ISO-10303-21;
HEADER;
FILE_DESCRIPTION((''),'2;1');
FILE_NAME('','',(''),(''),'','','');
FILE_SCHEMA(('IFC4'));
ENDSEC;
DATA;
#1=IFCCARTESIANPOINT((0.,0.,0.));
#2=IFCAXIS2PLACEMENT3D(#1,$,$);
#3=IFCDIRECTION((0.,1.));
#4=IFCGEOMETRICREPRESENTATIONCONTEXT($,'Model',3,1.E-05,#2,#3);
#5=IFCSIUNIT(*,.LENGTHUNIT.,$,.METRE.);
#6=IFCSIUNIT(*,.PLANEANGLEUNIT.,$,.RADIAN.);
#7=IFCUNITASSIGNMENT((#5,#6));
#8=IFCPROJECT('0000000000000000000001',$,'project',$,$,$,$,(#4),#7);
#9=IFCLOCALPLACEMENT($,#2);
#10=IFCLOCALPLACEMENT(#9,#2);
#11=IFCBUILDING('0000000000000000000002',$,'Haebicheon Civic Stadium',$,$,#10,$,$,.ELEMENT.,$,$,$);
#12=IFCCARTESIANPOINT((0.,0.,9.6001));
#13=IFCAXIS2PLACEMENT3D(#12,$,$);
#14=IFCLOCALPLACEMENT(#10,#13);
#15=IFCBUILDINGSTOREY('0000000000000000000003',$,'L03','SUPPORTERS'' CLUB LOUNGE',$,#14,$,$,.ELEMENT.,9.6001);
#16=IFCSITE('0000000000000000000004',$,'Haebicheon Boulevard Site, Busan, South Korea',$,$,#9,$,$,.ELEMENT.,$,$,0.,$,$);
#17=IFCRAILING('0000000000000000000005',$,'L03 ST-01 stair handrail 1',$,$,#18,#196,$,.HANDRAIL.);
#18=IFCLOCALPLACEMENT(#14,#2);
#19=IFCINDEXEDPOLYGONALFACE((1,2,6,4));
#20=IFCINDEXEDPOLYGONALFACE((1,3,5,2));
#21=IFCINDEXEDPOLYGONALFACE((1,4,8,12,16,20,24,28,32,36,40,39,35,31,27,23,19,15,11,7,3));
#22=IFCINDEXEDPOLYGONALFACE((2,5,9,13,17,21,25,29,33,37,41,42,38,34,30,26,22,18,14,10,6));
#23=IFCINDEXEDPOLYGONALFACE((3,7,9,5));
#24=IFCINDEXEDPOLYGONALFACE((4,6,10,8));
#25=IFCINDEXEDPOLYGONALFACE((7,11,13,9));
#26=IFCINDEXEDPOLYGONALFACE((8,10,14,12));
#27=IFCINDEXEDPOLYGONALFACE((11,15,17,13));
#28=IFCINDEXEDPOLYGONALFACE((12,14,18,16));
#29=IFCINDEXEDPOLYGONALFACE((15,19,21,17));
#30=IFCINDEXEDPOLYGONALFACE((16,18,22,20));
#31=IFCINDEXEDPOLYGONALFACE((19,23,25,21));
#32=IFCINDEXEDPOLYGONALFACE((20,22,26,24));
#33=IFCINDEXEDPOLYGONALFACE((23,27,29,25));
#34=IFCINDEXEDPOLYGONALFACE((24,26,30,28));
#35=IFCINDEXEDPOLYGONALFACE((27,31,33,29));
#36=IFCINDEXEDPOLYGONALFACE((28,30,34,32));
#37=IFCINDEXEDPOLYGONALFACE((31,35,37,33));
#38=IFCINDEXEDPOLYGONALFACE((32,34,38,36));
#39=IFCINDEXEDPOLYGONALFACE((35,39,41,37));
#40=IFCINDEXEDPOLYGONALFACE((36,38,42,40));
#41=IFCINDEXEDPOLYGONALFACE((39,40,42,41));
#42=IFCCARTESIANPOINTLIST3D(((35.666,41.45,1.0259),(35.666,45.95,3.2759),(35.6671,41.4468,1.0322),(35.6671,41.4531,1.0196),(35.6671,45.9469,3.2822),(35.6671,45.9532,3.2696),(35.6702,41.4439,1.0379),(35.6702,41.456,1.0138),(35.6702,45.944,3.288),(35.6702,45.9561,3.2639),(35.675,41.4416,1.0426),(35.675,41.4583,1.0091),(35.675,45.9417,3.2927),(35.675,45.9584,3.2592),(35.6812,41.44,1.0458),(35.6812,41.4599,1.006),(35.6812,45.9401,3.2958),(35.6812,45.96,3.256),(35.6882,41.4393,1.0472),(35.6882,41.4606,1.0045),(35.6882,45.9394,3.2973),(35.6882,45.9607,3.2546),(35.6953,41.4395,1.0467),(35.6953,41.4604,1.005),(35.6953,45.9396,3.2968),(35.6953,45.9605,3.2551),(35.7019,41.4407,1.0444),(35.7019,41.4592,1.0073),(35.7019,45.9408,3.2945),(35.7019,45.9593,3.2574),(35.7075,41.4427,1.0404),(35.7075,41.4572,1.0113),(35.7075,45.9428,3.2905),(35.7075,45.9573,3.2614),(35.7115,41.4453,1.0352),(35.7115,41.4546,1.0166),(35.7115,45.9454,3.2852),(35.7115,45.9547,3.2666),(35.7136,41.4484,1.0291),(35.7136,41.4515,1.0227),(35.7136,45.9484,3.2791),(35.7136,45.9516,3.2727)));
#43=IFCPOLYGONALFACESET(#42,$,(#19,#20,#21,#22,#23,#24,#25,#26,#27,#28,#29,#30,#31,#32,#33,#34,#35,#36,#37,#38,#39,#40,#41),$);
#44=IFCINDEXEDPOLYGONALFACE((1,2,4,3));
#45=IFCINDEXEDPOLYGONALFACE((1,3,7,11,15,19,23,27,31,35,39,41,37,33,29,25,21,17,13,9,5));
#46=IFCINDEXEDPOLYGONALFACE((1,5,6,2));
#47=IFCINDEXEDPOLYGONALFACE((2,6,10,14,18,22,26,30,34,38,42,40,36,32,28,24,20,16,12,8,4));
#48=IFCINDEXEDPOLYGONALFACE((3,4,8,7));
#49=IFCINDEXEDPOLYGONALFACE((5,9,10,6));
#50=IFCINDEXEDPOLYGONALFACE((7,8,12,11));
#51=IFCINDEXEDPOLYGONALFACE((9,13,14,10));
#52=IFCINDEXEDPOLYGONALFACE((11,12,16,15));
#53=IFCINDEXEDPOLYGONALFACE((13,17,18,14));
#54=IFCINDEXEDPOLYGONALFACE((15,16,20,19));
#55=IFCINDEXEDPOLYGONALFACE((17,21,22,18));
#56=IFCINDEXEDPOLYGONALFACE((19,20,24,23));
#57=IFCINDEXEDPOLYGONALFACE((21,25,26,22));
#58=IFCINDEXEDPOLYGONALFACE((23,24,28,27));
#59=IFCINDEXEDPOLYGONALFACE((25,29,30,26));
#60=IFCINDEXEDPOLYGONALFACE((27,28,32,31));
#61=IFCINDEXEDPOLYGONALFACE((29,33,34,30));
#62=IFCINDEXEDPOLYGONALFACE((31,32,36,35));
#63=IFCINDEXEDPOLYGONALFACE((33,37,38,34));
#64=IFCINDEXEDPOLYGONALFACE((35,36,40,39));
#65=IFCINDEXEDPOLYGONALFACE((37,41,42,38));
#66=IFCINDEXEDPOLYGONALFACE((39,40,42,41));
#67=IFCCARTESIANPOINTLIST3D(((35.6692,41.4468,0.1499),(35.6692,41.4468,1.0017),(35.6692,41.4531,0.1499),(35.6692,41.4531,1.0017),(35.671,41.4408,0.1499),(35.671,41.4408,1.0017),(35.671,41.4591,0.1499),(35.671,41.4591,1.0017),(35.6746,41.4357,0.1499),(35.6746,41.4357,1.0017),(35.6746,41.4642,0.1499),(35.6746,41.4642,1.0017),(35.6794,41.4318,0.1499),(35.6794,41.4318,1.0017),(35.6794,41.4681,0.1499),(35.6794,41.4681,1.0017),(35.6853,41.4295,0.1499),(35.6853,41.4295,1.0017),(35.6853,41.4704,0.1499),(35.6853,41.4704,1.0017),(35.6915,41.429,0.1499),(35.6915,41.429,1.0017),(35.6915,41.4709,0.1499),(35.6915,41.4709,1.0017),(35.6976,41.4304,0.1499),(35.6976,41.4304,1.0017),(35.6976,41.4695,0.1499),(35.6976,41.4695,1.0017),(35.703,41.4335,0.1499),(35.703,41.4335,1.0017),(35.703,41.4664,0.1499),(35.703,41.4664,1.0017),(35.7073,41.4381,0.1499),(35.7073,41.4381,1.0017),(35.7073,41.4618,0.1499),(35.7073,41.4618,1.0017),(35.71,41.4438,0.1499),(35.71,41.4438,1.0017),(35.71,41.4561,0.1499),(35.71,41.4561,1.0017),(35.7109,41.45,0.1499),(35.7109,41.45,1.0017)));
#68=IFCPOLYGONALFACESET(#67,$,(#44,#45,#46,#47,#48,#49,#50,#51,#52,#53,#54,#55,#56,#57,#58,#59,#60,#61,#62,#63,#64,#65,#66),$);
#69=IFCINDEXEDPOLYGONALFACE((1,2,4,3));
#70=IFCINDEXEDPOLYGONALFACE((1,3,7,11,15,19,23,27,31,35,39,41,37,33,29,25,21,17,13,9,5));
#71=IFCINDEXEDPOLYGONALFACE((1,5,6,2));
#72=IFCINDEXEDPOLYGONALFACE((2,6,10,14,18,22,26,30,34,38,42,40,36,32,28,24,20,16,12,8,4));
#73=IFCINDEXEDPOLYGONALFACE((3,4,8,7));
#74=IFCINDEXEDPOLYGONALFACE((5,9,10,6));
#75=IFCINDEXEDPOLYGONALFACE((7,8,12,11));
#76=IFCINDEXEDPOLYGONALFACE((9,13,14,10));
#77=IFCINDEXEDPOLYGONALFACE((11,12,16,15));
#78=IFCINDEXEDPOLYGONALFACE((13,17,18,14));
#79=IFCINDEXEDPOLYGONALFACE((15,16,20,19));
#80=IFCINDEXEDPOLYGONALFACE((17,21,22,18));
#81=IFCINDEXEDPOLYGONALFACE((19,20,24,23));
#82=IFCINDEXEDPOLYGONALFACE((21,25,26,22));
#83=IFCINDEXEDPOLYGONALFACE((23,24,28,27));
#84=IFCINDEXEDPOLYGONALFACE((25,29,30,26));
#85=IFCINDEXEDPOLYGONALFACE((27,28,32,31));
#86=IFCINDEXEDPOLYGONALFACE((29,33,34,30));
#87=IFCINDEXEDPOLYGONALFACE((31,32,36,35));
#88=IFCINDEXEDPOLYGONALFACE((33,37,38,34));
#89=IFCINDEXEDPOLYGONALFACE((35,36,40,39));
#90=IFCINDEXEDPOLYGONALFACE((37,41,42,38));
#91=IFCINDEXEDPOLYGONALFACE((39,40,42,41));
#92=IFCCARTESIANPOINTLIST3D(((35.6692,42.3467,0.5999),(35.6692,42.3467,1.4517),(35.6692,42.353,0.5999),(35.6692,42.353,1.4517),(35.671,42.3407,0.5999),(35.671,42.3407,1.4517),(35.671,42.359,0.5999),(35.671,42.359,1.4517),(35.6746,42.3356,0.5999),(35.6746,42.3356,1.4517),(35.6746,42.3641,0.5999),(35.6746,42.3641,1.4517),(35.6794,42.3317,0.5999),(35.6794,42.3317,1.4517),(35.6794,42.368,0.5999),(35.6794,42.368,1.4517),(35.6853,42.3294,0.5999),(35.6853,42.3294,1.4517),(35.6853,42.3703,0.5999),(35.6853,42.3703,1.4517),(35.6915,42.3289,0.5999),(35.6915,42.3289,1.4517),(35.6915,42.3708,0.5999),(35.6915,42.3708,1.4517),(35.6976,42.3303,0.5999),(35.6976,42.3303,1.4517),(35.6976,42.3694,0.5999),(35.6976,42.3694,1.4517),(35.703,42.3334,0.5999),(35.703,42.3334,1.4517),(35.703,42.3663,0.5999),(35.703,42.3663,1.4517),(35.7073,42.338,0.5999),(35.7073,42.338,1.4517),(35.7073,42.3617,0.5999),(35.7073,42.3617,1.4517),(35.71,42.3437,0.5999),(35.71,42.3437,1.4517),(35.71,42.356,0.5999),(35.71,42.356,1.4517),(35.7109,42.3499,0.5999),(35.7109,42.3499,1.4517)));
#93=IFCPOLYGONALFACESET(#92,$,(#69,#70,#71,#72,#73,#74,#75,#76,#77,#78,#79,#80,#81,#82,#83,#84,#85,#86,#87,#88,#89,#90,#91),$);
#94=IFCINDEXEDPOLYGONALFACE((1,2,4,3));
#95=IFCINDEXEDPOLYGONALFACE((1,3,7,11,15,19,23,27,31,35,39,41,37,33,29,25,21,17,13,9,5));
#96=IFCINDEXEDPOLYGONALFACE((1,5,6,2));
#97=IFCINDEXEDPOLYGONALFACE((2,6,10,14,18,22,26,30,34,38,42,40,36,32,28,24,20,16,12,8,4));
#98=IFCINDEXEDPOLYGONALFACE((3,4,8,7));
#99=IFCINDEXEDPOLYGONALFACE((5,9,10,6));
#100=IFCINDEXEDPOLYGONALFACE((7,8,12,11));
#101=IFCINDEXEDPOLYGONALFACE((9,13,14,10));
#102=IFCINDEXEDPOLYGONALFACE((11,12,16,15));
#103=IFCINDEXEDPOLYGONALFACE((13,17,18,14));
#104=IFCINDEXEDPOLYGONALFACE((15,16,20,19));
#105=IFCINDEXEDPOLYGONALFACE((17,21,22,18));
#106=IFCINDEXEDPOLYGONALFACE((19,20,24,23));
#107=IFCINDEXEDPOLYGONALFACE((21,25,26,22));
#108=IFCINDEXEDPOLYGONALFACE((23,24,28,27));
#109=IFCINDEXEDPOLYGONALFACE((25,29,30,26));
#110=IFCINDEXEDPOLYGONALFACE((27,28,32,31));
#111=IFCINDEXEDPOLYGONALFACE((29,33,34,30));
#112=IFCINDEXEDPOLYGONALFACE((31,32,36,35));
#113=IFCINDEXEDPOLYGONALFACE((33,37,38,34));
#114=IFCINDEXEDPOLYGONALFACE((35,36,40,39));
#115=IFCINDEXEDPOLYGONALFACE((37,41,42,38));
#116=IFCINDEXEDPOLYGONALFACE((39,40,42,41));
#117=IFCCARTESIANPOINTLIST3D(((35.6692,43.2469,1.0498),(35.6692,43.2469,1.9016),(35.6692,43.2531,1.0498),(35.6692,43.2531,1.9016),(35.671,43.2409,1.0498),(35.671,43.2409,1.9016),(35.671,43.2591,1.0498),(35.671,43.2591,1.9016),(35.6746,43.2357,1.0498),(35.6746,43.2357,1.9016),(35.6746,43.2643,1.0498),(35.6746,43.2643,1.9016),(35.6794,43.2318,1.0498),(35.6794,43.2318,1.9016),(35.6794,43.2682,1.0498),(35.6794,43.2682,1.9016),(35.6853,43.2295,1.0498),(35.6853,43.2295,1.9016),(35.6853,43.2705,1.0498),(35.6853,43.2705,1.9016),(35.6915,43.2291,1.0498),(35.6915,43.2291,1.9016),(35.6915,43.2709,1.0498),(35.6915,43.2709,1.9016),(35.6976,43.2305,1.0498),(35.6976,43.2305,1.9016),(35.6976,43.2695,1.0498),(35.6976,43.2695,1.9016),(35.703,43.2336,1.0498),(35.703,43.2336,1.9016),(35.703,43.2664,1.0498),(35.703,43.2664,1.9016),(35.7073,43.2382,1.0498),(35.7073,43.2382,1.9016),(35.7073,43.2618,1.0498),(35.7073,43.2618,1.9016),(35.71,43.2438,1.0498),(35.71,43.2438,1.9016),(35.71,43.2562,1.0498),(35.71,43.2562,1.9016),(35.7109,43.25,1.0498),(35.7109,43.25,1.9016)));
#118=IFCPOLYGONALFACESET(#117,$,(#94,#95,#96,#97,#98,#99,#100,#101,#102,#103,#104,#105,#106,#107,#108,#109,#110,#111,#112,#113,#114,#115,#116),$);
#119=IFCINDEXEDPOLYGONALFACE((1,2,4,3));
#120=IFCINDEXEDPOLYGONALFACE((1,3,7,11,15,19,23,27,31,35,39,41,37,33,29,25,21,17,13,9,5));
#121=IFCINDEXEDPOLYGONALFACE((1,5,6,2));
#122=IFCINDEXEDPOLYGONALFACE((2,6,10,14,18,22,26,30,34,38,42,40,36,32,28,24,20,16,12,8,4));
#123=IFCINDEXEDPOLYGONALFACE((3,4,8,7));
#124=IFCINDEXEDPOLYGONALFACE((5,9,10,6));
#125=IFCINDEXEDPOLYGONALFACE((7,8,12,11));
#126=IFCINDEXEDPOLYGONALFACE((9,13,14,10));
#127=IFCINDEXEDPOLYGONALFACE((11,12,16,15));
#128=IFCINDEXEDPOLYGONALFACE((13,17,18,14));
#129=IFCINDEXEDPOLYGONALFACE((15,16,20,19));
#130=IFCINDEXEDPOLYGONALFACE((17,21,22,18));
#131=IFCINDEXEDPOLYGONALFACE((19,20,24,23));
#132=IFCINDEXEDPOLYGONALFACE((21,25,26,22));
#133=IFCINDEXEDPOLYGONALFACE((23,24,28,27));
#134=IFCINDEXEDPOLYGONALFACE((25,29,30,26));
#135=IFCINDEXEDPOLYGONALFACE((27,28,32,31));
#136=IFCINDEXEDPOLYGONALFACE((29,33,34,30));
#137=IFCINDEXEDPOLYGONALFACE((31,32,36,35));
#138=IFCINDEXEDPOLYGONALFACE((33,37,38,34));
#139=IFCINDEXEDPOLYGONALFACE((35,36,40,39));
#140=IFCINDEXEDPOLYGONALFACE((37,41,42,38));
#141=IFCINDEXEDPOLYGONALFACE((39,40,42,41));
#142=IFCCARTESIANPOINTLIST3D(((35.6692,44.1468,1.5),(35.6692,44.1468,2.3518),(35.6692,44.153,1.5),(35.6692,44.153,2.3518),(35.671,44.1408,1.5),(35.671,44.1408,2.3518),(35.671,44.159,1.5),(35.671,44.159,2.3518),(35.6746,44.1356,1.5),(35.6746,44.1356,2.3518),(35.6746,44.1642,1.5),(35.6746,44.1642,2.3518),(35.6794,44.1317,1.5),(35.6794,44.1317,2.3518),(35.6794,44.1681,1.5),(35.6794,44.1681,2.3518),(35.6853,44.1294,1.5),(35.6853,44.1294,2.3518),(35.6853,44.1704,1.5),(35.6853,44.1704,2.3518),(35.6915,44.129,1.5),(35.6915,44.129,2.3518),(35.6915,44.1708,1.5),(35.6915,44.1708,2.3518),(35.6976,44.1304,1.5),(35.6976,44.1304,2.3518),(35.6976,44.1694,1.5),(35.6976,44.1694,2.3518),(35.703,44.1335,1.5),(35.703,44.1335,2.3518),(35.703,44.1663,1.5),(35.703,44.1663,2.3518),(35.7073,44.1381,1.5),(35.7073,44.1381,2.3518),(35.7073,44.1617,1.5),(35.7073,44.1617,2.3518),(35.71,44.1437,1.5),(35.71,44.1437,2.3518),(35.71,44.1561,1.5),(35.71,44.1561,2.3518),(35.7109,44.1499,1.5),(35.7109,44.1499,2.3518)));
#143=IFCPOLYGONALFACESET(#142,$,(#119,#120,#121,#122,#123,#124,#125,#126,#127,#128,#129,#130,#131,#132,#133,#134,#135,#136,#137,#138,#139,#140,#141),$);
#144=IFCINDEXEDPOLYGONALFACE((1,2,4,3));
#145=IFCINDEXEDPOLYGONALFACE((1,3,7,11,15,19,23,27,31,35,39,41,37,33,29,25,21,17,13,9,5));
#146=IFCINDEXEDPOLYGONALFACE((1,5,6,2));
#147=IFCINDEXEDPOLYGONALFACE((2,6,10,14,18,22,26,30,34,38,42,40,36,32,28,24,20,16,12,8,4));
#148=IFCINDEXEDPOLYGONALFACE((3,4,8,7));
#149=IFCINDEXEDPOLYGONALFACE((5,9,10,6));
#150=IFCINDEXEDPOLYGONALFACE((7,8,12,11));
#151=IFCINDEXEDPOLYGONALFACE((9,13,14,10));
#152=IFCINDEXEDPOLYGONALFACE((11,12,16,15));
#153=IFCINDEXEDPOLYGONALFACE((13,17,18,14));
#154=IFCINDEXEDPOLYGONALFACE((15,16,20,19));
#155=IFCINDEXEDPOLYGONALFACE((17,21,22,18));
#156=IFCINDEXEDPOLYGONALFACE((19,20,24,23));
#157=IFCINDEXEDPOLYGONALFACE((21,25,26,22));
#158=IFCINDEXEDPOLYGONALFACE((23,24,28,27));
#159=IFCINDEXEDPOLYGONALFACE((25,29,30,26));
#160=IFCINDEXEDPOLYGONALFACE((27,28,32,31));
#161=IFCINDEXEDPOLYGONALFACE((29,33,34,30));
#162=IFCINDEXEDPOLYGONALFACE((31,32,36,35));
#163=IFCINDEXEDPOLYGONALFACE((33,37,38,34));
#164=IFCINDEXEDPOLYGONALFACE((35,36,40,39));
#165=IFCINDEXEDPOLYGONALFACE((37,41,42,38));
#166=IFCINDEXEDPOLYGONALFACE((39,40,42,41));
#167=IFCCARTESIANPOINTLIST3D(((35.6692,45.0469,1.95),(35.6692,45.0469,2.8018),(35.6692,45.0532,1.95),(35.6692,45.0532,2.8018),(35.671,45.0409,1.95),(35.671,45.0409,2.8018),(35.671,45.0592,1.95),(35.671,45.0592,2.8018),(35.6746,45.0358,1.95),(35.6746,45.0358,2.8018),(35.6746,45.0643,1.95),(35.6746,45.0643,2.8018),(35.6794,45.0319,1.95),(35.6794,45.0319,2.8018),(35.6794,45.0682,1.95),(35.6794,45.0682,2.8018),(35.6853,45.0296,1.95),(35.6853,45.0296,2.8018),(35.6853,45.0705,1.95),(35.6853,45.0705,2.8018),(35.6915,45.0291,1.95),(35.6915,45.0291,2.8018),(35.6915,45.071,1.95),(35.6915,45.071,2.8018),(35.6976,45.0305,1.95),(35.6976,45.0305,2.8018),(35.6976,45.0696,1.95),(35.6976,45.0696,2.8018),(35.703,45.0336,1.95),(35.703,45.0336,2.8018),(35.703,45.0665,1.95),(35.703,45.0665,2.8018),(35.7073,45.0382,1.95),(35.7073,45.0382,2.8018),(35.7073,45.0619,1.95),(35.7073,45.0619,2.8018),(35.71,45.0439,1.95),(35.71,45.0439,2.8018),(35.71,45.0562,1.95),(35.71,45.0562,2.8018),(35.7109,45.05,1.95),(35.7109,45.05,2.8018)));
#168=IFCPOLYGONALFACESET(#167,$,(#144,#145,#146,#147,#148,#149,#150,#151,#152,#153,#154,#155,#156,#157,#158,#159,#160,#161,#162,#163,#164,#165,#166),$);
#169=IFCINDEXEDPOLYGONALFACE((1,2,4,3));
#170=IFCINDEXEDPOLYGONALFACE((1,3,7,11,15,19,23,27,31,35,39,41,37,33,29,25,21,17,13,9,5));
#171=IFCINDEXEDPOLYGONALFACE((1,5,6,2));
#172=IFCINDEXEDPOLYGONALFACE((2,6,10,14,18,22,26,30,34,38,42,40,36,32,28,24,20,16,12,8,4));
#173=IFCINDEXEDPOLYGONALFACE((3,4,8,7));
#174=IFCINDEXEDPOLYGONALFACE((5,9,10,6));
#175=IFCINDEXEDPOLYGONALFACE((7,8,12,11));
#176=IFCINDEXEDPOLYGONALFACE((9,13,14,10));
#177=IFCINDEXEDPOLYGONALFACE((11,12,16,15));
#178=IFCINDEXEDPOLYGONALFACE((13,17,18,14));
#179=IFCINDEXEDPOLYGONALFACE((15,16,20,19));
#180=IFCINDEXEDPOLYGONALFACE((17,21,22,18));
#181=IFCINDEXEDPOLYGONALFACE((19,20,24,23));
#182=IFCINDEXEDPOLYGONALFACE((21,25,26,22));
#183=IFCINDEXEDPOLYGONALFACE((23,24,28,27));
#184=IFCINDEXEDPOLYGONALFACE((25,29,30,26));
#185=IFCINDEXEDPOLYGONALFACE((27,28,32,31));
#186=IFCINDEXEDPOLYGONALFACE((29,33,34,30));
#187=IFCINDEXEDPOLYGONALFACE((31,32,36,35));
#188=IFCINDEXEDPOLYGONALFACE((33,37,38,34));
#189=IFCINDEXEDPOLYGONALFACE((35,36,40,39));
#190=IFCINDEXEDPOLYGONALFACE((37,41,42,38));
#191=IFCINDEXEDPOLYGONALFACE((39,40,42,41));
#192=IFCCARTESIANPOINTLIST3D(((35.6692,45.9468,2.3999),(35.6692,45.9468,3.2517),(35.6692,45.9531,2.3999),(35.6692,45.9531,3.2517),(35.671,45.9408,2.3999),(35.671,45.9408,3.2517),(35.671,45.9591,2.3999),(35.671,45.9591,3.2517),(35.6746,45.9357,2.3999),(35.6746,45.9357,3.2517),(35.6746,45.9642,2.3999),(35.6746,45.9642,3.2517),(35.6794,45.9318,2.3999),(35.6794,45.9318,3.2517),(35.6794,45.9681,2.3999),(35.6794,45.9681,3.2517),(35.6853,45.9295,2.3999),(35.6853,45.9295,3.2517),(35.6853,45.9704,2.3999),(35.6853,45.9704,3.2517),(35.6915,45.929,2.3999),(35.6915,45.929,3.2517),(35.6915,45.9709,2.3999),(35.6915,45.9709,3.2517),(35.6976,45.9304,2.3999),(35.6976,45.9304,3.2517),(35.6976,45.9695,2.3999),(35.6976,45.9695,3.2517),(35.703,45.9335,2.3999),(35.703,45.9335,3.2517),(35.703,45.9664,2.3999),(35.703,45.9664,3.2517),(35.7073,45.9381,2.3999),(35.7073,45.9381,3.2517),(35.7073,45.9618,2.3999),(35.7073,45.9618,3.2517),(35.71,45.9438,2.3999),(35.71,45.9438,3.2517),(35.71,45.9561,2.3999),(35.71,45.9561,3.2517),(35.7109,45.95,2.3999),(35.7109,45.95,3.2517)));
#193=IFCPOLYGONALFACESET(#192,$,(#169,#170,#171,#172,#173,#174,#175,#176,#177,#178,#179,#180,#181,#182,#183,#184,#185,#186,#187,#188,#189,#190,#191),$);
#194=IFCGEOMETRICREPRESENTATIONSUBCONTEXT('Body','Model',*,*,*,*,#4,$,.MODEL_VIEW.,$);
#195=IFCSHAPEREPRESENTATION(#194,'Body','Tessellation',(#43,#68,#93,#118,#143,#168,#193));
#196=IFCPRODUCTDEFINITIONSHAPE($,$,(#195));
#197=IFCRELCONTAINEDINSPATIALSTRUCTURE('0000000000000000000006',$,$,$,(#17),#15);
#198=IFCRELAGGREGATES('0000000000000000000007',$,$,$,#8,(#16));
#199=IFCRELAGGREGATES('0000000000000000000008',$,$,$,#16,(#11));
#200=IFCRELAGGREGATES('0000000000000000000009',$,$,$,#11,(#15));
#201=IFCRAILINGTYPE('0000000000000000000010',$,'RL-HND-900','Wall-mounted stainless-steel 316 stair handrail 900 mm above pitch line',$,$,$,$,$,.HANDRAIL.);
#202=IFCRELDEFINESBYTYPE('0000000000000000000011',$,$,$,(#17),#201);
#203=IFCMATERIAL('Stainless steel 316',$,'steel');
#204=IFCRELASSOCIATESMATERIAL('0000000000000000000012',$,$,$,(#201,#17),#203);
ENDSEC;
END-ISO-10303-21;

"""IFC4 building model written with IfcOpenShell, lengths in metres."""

from ifc_helpers import new_model, si_unit, direction, frame, origin, origin_2d, place, context, subcontext, project, spatial, circle, extrude, material, type_object, element, save


model = new_model("IFC4")

# Units and contexts
model_context = context("Model", 3, precision=1e-05, world=origin(), true_north=direction((0.0, 1.0)))
body_context = subcontext(model_context, "Body", "Model", "MODEL_VIEW")
ifc_project = project(units=[si_unit("LENGTHUNIT", "METRE"), si_unit("PLANEANGLEUNIT", "RADIAN")], contexts=[model_context])

# Site, building, storey
site_placement = place(None, origin())
site = spatial("IfcSite", under=ifc_project, at=site_placement, Name="Haebicheon Boulevard Site, Busan, South Korea", CompositionType="ELEMENT", RefElevation=0.0)
building_placement = place(site_placement, origin())
building = spatial("IfcBuilding", under=site, at=building_placement, Name="Haebicheon Civic Stadium", CompositionType="ELEMENT")
storey_placement = place(building_placement, frame((0.0, 0.0, 9.6001)))
storey = spatial("IfcBuildingStorey", under=building, at=storey_placement, Name="L03", Description="SUPPORTERS' CLUB LOUNGE", CompositionType="ELEMENT", Elevation=9.6001)

# Railing
ifc_material_1 = material(Name="Stainless steel 316", Category="steel")
railing_type_1 = type_object("IfcRailingType", Name="RL-HND-900", Description="Wall-mounted stainless-steel 316 stair handrail 900 mm above pitch line", PredefinedType="HANDRAIL", material=ifc_material_1)
railing_1_placement = place(storey_placement, frame((35.6899, 41.45, 0.1499)))
element("IfcRailing", 1, at=railing_1_placement, inside=storey, type_object=railing_type_1, material=ifc_material_1, Name="L03 ST-01 stair handrail 1", PredefinedType="HANDRAIL", context=body_context, shape_type="SweptSolid", body=[
    extrude(circle(Radius=0.0239, at=origin_2d()), frame((0.0, 0.0, 0.876), z_axis=(0.0, 0.894427, 0.447214), x_axis=(-1.0, 0.0, 0.0)), (0.0, 0.0, 1.0), 5.0312),
    extrude(circle(Radius=0.021, at=origin_2d()), origin(), (0.0, 0.0, 1.0), 0.8518),
    extrude(circle(Radius=0.021, at=origin_2d()), frame((0.0, 0.8999, 0.45)), (0.0, 0.0, 1.0), 0.8518),
    extrude(circle(Radius=0.021, at=origin_2d()), frame((0.0, 1.8, 0.8999)), (0.0, 0.0, 1.0), 0.8518),
    extrude(circle(Radius=0.021, at=origin_2d()), frame((0.0, 2.7, 1.3501)), (0.0, 0.0, 1.0), 0.8518),
    extrude(circle(Radius=0.021, at=origin_2d()), frame((0.0, 3.6001, 1.8)), (0.0, 0.0, 1.0), 0.8518),
    extrude(circle(Radius=0.021, at=origin_2d()), frame((0.0, 4.5, 2.25)), (0.0, 0.0, 1.0), 0.8518),
])

save(model, "model.ifc")
